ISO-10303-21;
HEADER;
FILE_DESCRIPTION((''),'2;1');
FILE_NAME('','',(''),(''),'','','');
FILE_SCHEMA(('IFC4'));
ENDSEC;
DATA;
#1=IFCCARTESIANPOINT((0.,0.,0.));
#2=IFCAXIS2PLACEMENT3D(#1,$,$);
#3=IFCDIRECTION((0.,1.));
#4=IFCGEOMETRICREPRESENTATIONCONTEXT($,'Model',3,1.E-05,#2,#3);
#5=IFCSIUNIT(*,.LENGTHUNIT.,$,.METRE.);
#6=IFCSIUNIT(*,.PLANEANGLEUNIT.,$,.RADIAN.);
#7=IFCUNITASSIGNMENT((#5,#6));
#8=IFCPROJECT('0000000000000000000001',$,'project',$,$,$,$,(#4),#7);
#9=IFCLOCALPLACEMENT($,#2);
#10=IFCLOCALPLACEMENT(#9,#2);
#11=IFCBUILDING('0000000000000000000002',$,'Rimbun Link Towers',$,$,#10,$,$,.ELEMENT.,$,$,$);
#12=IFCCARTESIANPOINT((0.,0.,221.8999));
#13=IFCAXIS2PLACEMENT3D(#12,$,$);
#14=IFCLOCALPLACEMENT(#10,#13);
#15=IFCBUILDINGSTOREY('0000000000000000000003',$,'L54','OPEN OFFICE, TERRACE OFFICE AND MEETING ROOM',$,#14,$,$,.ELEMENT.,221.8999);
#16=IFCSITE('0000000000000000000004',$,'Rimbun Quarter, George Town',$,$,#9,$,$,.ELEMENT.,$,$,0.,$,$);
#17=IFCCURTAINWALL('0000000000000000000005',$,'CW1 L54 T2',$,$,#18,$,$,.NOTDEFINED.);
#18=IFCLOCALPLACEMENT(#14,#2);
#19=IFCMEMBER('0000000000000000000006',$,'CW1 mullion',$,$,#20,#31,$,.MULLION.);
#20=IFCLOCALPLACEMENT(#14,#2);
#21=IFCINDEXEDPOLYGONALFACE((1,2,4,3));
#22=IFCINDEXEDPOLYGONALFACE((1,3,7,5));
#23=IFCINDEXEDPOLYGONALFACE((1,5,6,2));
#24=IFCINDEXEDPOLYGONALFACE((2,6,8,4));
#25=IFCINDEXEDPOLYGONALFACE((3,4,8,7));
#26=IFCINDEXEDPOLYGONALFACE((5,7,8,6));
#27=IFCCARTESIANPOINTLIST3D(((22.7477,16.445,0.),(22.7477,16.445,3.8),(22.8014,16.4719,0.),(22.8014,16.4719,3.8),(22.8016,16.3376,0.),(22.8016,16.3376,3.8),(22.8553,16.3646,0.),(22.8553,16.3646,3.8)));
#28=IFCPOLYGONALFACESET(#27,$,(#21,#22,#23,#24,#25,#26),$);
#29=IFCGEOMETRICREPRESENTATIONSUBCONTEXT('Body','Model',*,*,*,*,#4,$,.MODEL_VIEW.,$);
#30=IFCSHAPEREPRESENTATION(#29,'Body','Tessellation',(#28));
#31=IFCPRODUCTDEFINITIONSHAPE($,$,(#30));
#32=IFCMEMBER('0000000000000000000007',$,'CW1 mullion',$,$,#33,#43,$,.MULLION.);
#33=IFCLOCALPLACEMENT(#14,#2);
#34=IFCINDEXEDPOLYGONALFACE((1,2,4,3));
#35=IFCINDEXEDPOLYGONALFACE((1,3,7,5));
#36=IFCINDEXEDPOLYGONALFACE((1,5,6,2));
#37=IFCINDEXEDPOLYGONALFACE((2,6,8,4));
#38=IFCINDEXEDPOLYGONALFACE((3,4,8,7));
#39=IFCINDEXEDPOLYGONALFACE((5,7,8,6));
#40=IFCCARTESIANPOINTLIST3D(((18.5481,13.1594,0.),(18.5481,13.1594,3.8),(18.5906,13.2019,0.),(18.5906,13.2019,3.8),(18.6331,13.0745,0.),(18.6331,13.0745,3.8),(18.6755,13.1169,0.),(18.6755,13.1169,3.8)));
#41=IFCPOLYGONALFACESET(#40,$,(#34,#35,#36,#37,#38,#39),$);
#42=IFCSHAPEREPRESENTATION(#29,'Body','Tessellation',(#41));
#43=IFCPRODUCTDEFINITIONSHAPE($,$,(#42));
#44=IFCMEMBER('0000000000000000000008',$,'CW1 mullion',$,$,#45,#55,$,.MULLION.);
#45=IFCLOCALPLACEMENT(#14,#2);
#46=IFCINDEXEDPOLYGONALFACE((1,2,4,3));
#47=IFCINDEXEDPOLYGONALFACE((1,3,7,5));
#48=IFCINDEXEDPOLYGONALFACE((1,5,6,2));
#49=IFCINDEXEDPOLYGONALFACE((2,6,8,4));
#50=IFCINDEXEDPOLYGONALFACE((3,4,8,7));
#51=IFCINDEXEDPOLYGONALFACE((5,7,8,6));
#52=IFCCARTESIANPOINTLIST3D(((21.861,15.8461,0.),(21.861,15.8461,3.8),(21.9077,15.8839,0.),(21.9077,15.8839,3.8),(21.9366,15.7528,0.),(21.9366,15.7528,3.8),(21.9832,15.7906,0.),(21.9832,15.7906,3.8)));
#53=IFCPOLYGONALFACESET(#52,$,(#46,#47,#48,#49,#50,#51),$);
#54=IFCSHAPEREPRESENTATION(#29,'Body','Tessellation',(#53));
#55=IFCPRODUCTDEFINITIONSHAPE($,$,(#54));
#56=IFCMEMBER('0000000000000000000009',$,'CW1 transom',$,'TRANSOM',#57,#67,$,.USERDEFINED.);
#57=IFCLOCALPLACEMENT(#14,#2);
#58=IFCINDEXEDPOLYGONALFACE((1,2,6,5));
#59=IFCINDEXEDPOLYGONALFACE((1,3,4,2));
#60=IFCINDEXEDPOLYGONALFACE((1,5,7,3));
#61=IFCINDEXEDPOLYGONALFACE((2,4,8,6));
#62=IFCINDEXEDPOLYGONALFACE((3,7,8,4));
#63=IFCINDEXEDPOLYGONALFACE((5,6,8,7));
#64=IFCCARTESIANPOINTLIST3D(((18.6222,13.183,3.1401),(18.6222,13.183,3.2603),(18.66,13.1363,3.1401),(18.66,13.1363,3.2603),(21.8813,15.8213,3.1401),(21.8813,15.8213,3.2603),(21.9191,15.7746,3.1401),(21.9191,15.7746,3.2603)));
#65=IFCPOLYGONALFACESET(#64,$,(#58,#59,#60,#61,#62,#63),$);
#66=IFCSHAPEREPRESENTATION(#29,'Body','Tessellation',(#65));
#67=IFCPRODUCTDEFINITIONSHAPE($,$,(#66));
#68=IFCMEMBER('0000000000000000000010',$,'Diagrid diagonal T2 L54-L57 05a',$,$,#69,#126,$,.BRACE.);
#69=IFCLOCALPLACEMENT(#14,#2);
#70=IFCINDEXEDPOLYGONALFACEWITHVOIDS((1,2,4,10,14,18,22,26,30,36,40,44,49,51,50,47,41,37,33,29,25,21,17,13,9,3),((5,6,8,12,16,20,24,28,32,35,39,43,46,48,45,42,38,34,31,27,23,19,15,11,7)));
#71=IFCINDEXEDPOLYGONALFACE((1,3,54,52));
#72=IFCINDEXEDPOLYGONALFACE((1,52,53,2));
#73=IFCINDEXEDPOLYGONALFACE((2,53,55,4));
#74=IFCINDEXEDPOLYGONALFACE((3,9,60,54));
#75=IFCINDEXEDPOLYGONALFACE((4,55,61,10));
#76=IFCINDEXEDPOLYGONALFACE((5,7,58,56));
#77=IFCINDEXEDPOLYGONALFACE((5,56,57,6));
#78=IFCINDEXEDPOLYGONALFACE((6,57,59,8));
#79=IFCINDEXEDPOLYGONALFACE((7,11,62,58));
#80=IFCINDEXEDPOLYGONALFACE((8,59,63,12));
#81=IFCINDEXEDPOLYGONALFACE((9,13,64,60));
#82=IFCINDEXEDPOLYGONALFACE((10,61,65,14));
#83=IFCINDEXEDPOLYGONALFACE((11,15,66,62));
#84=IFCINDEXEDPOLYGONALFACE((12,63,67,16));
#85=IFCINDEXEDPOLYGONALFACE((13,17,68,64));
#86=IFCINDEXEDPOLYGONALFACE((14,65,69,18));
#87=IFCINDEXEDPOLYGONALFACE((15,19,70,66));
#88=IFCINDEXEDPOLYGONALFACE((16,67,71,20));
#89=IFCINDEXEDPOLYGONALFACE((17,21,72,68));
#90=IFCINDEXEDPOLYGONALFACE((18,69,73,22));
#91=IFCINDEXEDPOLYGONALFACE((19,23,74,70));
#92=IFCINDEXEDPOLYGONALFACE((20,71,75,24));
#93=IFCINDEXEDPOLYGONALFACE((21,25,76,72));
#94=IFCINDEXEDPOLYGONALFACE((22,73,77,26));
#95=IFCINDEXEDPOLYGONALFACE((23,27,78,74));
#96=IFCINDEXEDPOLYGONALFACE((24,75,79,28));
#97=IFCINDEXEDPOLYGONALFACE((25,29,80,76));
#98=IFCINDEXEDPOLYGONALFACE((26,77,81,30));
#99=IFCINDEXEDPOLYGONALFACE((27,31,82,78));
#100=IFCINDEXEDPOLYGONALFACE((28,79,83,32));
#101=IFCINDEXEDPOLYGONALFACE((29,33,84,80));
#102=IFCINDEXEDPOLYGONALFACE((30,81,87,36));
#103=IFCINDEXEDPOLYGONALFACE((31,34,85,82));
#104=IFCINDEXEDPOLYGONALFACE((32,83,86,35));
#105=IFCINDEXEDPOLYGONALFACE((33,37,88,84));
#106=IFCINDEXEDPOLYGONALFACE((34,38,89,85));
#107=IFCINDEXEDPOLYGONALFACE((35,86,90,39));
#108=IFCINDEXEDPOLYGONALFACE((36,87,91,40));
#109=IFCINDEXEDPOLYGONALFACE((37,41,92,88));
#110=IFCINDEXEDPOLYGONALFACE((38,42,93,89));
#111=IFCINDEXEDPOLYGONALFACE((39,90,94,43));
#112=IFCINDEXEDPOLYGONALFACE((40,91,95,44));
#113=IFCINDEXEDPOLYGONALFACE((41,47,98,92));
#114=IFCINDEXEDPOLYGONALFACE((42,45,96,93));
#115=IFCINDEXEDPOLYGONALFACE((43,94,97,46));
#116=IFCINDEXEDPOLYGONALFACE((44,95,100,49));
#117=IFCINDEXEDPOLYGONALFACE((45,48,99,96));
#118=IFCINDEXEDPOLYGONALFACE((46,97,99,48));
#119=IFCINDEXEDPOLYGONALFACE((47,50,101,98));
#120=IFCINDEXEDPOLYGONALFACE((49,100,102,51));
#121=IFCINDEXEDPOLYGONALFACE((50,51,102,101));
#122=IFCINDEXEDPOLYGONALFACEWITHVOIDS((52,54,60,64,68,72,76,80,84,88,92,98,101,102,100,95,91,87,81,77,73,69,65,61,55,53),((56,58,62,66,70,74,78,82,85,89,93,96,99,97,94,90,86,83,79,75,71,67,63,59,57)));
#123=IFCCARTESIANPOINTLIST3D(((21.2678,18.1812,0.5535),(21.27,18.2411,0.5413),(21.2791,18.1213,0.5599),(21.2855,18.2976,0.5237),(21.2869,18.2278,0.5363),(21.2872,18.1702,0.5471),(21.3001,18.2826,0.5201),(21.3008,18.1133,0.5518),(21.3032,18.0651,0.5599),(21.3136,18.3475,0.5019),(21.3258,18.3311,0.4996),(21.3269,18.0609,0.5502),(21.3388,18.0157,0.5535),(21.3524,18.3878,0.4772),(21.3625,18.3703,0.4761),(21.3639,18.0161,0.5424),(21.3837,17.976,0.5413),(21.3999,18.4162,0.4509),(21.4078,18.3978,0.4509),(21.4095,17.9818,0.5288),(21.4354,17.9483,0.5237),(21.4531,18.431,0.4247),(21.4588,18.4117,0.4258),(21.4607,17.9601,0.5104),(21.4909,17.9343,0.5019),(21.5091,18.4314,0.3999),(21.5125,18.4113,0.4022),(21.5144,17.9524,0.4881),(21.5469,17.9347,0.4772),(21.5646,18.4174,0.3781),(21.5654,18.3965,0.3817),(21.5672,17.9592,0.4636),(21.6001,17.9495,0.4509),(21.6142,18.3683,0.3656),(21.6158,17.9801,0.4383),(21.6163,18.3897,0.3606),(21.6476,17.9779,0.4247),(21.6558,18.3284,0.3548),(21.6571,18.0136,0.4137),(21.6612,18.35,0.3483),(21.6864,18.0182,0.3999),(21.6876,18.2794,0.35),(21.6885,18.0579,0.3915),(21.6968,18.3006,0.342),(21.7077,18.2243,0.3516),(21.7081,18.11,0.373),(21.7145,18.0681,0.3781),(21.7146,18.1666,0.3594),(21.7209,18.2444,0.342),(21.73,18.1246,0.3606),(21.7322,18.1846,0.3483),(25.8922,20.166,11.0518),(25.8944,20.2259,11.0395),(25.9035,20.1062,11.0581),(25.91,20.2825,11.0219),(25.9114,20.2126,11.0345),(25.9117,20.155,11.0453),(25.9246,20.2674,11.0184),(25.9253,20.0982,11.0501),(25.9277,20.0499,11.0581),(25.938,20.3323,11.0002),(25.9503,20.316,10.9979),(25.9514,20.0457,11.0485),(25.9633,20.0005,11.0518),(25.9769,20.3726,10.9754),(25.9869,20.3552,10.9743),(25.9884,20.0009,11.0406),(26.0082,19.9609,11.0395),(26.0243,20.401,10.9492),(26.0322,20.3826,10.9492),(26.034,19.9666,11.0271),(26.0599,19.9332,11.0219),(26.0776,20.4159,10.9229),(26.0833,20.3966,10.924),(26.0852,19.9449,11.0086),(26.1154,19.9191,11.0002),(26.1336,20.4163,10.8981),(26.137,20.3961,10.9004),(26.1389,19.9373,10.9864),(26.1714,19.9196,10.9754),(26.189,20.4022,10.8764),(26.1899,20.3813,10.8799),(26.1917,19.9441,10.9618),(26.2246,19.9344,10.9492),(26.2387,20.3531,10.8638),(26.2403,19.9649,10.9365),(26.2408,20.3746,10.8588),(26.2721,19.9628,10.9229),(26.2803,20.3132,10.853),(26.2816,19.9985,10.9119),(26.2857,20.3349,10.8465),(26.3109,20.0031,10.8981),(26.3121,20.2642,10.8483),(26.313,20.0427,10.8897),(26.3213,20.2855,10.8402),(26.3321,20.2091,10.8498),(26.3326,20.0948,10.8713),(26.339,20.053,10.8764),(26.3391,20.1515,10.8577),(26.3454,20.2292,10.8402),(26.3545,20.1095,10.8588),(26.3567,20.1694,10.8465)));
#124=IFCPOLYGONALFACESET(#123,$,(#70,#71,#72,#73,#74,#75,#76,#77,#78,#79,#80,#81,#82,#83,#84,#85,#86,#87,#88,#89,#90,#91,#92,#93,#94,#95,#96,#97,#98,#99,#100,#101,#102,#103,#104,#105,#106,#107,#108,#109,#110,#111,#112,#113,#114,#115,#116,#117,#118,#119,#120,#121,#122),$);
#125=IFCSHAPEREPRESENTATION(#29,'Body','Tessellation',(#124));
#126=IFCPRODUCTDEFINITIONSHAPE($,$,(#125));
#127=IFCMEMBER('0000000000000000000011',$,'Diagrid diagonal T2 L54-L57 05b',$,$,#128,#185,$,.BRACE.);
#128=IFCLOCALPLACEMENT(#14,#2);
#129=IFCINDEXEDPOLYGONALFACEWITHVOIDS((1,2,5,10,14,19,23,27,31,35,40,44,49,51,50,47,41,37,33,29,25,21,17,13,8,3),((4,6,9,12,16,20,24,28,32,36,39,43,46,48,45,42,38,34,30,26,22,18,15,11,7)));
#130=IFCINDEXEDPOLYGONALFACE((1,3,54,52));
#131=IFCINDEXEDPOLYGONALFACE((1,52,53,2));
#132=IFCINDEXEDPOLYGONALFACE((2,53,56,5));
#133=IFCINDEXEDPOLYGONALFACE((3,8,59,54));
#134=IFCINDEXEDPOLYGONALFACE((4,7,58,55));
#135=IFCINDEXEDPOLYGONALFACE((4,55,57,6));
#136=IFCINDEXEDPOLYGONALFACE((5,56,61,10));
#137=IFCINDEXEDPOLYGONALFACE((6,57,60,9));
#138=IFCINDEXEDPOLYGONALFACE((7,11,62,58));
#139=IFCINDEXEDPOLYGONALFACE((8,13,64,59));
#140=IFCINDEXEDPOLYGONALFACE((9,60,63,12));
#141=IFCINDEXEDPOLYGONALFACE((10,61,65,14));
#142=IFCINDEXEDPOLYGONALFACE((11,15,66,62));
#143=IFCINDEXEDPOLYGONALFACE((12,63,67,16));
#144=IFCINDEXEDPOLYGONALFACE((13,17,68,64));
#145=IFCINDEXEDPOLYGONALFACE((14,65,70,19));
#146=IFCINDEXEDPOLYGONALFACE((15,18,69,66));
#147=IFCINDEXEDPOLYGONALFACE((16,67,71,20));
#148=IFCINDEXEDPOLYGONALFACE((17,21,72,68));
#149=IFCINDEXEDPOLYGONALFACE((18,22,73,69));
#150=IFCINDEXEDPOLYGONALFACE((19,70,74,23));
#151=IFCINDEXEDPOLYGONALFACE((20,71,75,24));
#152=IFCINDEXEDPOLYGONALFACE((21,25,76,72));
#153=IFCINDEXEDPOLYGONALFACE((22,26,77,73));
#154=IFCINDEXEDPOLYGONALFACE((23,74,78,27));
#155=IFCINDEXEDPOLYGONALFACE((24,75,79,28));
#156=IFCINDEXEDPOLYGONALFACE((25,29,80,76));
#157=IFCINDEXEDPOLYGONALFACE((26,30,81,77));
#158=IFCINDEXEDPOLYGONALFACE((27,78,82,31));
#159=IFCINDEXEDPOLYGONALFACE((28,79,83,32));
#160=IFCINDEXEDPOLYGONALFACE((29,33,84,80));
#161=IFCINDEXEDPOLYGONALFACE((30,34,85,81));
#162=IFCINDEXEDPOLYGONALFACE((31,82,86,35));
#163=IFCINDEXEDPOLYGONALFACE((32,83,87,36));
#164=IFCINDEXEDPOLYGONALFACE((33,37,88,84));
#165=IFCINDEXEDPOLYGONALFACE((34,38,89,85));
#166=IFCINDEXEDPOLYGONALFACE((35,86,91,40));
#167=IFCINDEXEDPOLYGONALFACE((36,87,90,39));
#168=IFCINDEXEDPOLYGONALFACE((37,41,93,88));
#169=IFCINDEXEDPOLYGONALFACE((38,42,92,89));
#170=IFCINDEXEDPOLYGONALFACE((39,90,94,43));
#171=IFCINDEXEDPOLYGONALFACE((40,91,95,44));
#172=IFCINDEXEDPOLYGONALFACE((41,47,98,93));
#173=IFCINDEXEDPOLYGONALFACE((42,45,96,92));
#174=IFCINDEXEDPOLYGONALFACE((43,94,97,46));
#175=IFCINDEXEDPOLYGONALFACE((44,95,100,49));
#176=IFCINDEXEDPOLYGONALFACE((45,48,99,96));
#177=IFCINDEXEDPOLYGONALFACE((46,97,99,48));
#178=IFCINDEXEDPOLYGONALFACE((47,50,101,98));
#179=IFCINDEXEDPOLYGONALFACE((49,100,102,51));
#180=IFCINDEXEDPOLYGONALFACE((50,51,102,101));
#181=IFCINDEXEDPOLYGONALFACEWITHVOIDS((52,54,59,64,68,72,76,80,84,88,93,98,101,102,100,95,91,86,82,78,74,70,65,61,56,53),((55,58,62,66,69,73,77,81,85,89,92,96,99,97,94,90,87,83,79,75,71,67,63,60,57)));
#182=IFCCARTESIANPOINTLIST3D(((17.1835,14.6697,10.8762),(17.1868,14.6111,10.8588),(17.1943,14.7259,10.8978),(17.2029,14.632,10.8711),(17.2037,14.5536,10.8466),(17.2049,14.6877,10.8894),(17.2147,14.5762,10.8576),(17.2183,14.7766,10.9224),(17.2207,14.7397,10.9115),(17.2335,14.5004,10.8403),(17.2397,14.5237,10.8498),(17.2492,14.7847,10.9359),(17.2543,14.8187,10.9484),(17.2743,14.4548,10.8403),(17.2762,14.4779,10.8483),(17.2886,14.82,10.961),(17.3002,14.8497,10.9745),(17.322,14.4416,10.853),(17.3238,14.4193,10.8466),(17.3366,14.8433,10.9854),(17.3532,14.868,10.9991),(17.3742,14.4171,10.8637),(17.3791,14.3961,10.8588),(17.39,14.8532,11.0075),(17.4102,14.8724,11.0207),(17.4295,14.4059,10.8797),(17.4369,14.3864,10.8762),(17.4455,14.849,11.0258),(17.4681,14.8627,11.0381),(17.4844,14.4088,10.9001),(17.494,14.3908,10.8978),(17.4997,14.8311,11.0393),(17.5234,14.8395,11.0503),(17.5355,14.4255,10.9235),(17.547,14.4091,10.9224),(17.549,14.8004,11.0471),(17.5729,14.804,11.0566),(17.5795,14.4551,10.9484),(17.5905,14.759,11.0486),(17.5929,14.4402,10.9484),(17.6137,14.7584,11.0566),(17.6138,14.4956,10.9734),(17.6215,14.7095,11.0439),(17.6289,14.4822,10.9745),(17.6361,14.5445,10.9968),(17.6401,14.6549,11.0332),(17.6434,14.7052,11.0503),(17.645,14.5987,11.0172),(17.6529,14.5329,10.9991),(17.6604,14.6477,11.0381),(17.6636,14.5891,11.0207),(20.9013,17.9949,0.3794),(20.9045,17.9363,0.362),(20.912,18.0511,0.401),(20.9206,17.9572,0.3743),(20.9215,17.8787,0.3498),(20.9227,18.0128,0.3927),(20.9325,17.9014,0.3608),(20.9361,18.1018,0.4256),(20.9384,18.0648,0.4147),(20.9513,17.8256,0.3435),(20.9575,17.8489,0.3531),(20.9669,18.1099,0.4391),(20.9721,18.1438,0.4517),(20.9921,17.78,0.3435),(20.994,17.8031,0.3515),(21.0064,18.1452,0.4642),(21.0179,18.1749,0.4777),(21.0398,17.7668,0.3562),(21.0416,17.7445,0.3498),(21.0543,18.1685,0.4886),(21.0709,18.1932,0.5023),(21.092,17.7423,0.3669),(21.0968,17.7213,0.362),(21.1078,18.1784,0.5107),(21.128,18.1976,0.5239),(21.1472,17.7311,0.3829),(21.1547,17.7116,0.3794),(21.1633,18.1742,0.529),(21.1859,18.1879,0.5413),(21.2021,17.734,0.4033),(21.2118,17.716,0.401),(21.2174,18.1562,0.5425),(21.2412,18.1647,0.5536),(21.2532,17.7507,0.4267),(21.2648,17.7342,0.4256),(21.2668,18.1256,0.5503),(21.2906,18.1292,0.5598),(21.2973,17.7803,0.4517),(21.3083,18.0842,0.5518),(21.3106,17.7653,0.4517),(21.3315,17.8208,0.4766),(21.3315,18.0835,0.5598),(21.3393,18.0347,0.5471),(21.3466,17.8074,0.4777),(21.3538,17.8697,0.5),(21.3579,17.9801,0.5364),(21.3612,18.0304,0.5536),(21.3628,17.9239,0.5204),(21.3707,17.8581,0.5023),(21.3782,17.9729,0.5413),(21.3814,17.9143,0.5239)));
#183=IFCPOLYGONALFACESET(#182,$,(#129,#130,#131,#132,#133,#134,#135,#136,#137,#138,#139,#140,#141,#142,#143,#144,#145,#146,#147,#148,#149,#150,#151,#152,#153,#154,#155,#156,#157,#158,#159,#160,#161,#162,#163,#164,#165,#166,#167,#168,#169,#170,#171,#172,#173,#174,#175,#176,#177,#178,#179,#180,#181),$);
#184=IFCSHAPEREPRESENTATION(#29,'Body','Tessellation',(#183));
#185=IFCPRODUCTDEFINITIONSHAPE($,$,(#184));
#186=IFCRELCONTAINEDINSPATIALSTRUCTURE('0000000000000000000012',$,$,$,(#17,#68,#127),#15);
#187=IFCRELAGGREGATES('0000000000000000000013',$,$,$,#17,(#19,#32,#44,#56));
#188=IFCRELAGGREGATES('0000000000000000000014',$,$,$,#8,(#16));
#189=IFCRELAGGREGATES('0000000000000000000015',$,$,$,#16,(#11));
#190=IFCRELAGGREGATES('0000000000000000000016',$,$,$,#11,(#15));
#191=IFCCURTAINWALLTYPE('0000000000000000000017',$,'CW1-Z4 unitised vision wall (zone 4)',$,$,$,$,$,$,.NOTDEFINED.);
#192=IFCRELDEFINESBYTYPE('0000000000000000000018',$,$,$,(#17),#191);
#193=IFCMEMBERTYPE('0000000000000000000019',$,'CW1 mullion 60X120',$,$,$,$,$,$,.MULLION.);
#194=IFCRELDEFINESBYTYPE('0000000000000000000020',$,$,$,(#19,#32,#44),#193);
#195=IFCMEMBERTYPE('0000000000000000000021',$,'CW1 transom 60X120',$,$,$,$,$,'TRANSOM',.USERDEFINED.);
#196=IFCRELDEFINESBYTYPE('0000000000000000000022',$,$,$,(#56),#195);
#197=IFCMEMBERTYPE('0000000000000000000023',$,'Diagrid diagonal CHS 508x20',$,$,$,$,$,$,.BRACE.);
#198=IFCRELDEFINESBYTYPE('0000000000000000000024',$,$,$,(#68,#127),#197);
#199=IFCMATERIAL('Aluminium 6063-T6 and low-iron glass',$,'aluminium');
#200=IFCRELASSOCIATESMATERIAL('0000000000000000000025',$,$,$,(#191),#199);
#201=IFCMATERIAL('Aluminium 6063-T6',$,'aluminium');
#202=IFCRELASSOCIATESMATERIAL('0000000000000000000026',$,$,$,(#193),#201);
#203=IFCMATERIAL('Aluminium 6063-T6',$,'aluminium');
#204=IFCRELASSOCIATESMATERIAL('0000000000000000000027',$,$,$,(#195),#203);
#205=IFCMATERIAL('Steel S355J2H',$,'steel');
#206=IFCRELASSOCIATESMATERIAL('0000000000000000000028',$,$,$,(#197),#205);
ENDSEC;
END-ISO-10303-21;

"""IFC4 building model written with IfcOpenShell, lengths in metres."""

from ifc_helpers import new_model, si_unit, direction, frame, origin, origin_2d, place, context, subcontext, project, spatial, rectangle, hollow_circle, extrude, material, material_profile, profile_set, type_object, element, aggregate, save


model = new_model("IFC4")

# Units and contexts
model_context = context("Model", 3, precision=1e-05, world=origin(), true_north=direction((0.0, 1.0)))
body_context = subcontext(model_context, "Body", "Model", "MODEL_VIEW")
ifc_project = project(units=[si_unit("LENGTHUNIT", "METRE"), si_unit("PLANEANGLEUNIT", "RADIAN")], contexts=[model_context])

# Site, building, storey
site_placement = place(None, origin())
site = spatial("IfcSite", under=ifc_project, at=site_placement, Name="Rimbun Quarter, George Town", CompositionType="ELEMENT", RefElevation=0.0)
building_placement = place(site_placement, origin())
building = spatial("IfcBuilding", under=site, at=building_placement, Name="Rimbun Link Towers", CompositionType="ELEMENT")
storey_placement = place(building_placement, frame((0.0, 0.0, 221.8999)))
storey = spatial("IfcBuildingStorey", under=building, at=storey_placement, Name="L54", Description="OPEN OFFICE, TERRACE OFFICE AND MEETING ROOM", CompositionType="ELEMENT", Elevation=221.8999)

# Curtain wall, members
ifc_material_1 = material(Name="Aluminium 6063-T6 and low-iron glass", Category="aluminium")
curtain_wall_type = type_object("IfcCurtainWallType", Name="CW1-Z4 unitised vision wall (zone 4)", PredefinedType="NOTDEFINED", material=ifc_material_1)
curtain_wall_placement = place(storey_placement, origin())
curtain_wall = element("IfcCurtainWall", 1, at=curtain_wall_placement, inside=storey, type_object=curtain_wall_type, Name="CW1 L54 T2", PredefinedType="NOTDEFINED")
ifc_material_2 = material(Name="Aluminium 6063-T6", Category="aluminium")
ifc_material_profile_1 = material_profile(ifc_material_2, rectangle(XDim=0.1201, YDim=0.0601, at=origin_2d()), Name="MULLION 60X120")
ifc_profile_set_1 = profile_set([ifc_material_profile_1], Name="Aluminium 6063-T6")
member_type_1 = type_object("IfcMemberType", Name="CW1 mullion 60X120", PredefinedType="MULLION", material=ifc_profile_set_1)
member_1_placement = place(storey_placement, frame((22.8015, 16.4048, 0.0), z_axis=(0.0, 0.0, 1.0), x_axis=(-0.448771, 0.893647, 0.0)))
member_1 = element("IfcMember", 2, at=member_1_placement, type_object=member_type_1, Name="CW1 mullion", PredefinedType="MULLION", context=body_context, shape_type="SweptSolid", body=[
    extrude(rectangle(XDim=0.1201, YDim=0.0601, at=origin_2d()), origin(), (0.0, 0.0, 1.0), 3.8),
])
member_2_placement = place(storey_placement, frame((18.6118, 13.1382, 0.0), z_axis=(0.0, 0.0, 1.0), x_axis=(-0.707107, 0.707107, 0.0)))
member_2 = element("IfcMember", 3, at=member_2_placement, type_object=member_type_1, Name="CW1 mullion", PredefinedType="MULLION", context=body_context, shape_type="SweptSolid", body=[
    extrude(rectangle(XDim=0.1201, YDim=0.0601, at=origin_2d()), origin(), (0.0, 0.0, 1.0), 3.8),
])
member_3_placement = place(storey_placement, frame((21.9221, 15.8184, 0.0), z_axis=(0.0, 0.0, 1.0), x_axis=(-0.62916, 0.777276, 0.0)))
member_3 = element("IfcMember", 4, at=member_3_placement, type_object=member_type_1, Name="CW1 mullion", PredefinedType="MULLION", context=body_context, shape_type="SweptSolid", body=[
    extrude(rectangle(XDim=0.1201, YDim=0.0601, at=origin_2d()), origin(), (0.0, 0.0, 1.0), 3.8),
])
ifc_material_3 = material(Name="Aluminium 6063-T6", Category="aluminium")
ifc_material_profile_2 = material_profile(ifc_material_3, rectangle(XDim=0.0601, YDim=0.1201, at=origin_2d()), Name="TRANSOM 60X120")
ifc_profile_set_2 = profile_set([ifc_material_profile_2], Name="Aluminium 6063-T6")
member_type_2 = type_object("IfcMemberType", Name="CW1 transom 60X120", ElementType="TRANSOM", PredefinedType="USERDEFINED", material=ifc_profile_set_2)
member_4_placement = place(storey_placement, frame((18.6411, 13.1597, 3.2002), z_axis=(0.777254, 0.629187, 0.0), x_axis=(-0.629187, 0.777254, 0.0)))
member_4 = element("IfcMember", 5, at=member_4_placement, type_object=member_type_2, Name="CW1 transom", ObjectType="TRANSOM", PredefinedType="USERDEFINED", context=body_context, shape_type="SweptSolid", body=[
    extrude(rectangle(XDim=0.0601, YDim=0.1201, at=origin_2d()), origin(), (0.0, 0.0, 1.0), 4.1931),
])

# Members
ifc_material_4 = material(Name="Steel S355J2H", Category="steel")
ifc_material_profile_3 = material_profile(ifc_material_4, hollow_circle(Radius=0.2539, WallThickness=0.02, at=origin_2d()), Name="Diagrid diagonal CHS 508x20")
ifc_profile_set_3 = profile_set([ifc_material_profile_3], Name="Steel S355J2H")
member_type_3 = type_object("IfcMemberType", Name="Diagrid diagonal CHS 508x20", PredefinedType="BRACE", material=ifc_profile_set_3)
member_5_placement = place(storey_placement, frame((21.5, 18.1829, 0.4509), z_axis=(0.397221, 0.170489, 0.901748), x_axis=(-0.394411, 0.918934, 0.0)))
element("IfcMember", 6, at=member_5_placement, inside=storey, type_object=member_type_3, Name="Diagrid diagonal T2 L54-L57 05a", PredefinedType="BRACE", context=body_context, shape_type="SweptSolid", body=[
    extrude(hollow_circle(Radius=0.2539, WallThickness=0.02, at=origin_2d()), origin(), (0.0, 0.0, 1.0), 11.6421),
])
for number, where, z_axis, x_axis, name in (
    (7, (21.1414, 17.9546, 0.4517), (-0.319901, -0.286121, 0.903215), (0.666657, -0.745364, 0.0), "Diagrid diagonal T2 L54-L57 05b"),
):
    element("IfcMember", number, at=place(storey_placement, frame(where, z_axis=z_axis, x_axis=x_axis)), inside=storey, type_object=member_type_3, Name=name, PredefinedType="BRACE", context=body_context, shape_type="SweptSolid", body=[
        extrude(hollow_circle(Radius=0.2539, WallThickness=0.02, at=origin_2d()), origin(), (0.0, 0.0, 1.0), 11.6216),
    ])

aggregate(curtain_wall, [member_1, member_2, member_3, member_4])

save(model, "model.ifc")
